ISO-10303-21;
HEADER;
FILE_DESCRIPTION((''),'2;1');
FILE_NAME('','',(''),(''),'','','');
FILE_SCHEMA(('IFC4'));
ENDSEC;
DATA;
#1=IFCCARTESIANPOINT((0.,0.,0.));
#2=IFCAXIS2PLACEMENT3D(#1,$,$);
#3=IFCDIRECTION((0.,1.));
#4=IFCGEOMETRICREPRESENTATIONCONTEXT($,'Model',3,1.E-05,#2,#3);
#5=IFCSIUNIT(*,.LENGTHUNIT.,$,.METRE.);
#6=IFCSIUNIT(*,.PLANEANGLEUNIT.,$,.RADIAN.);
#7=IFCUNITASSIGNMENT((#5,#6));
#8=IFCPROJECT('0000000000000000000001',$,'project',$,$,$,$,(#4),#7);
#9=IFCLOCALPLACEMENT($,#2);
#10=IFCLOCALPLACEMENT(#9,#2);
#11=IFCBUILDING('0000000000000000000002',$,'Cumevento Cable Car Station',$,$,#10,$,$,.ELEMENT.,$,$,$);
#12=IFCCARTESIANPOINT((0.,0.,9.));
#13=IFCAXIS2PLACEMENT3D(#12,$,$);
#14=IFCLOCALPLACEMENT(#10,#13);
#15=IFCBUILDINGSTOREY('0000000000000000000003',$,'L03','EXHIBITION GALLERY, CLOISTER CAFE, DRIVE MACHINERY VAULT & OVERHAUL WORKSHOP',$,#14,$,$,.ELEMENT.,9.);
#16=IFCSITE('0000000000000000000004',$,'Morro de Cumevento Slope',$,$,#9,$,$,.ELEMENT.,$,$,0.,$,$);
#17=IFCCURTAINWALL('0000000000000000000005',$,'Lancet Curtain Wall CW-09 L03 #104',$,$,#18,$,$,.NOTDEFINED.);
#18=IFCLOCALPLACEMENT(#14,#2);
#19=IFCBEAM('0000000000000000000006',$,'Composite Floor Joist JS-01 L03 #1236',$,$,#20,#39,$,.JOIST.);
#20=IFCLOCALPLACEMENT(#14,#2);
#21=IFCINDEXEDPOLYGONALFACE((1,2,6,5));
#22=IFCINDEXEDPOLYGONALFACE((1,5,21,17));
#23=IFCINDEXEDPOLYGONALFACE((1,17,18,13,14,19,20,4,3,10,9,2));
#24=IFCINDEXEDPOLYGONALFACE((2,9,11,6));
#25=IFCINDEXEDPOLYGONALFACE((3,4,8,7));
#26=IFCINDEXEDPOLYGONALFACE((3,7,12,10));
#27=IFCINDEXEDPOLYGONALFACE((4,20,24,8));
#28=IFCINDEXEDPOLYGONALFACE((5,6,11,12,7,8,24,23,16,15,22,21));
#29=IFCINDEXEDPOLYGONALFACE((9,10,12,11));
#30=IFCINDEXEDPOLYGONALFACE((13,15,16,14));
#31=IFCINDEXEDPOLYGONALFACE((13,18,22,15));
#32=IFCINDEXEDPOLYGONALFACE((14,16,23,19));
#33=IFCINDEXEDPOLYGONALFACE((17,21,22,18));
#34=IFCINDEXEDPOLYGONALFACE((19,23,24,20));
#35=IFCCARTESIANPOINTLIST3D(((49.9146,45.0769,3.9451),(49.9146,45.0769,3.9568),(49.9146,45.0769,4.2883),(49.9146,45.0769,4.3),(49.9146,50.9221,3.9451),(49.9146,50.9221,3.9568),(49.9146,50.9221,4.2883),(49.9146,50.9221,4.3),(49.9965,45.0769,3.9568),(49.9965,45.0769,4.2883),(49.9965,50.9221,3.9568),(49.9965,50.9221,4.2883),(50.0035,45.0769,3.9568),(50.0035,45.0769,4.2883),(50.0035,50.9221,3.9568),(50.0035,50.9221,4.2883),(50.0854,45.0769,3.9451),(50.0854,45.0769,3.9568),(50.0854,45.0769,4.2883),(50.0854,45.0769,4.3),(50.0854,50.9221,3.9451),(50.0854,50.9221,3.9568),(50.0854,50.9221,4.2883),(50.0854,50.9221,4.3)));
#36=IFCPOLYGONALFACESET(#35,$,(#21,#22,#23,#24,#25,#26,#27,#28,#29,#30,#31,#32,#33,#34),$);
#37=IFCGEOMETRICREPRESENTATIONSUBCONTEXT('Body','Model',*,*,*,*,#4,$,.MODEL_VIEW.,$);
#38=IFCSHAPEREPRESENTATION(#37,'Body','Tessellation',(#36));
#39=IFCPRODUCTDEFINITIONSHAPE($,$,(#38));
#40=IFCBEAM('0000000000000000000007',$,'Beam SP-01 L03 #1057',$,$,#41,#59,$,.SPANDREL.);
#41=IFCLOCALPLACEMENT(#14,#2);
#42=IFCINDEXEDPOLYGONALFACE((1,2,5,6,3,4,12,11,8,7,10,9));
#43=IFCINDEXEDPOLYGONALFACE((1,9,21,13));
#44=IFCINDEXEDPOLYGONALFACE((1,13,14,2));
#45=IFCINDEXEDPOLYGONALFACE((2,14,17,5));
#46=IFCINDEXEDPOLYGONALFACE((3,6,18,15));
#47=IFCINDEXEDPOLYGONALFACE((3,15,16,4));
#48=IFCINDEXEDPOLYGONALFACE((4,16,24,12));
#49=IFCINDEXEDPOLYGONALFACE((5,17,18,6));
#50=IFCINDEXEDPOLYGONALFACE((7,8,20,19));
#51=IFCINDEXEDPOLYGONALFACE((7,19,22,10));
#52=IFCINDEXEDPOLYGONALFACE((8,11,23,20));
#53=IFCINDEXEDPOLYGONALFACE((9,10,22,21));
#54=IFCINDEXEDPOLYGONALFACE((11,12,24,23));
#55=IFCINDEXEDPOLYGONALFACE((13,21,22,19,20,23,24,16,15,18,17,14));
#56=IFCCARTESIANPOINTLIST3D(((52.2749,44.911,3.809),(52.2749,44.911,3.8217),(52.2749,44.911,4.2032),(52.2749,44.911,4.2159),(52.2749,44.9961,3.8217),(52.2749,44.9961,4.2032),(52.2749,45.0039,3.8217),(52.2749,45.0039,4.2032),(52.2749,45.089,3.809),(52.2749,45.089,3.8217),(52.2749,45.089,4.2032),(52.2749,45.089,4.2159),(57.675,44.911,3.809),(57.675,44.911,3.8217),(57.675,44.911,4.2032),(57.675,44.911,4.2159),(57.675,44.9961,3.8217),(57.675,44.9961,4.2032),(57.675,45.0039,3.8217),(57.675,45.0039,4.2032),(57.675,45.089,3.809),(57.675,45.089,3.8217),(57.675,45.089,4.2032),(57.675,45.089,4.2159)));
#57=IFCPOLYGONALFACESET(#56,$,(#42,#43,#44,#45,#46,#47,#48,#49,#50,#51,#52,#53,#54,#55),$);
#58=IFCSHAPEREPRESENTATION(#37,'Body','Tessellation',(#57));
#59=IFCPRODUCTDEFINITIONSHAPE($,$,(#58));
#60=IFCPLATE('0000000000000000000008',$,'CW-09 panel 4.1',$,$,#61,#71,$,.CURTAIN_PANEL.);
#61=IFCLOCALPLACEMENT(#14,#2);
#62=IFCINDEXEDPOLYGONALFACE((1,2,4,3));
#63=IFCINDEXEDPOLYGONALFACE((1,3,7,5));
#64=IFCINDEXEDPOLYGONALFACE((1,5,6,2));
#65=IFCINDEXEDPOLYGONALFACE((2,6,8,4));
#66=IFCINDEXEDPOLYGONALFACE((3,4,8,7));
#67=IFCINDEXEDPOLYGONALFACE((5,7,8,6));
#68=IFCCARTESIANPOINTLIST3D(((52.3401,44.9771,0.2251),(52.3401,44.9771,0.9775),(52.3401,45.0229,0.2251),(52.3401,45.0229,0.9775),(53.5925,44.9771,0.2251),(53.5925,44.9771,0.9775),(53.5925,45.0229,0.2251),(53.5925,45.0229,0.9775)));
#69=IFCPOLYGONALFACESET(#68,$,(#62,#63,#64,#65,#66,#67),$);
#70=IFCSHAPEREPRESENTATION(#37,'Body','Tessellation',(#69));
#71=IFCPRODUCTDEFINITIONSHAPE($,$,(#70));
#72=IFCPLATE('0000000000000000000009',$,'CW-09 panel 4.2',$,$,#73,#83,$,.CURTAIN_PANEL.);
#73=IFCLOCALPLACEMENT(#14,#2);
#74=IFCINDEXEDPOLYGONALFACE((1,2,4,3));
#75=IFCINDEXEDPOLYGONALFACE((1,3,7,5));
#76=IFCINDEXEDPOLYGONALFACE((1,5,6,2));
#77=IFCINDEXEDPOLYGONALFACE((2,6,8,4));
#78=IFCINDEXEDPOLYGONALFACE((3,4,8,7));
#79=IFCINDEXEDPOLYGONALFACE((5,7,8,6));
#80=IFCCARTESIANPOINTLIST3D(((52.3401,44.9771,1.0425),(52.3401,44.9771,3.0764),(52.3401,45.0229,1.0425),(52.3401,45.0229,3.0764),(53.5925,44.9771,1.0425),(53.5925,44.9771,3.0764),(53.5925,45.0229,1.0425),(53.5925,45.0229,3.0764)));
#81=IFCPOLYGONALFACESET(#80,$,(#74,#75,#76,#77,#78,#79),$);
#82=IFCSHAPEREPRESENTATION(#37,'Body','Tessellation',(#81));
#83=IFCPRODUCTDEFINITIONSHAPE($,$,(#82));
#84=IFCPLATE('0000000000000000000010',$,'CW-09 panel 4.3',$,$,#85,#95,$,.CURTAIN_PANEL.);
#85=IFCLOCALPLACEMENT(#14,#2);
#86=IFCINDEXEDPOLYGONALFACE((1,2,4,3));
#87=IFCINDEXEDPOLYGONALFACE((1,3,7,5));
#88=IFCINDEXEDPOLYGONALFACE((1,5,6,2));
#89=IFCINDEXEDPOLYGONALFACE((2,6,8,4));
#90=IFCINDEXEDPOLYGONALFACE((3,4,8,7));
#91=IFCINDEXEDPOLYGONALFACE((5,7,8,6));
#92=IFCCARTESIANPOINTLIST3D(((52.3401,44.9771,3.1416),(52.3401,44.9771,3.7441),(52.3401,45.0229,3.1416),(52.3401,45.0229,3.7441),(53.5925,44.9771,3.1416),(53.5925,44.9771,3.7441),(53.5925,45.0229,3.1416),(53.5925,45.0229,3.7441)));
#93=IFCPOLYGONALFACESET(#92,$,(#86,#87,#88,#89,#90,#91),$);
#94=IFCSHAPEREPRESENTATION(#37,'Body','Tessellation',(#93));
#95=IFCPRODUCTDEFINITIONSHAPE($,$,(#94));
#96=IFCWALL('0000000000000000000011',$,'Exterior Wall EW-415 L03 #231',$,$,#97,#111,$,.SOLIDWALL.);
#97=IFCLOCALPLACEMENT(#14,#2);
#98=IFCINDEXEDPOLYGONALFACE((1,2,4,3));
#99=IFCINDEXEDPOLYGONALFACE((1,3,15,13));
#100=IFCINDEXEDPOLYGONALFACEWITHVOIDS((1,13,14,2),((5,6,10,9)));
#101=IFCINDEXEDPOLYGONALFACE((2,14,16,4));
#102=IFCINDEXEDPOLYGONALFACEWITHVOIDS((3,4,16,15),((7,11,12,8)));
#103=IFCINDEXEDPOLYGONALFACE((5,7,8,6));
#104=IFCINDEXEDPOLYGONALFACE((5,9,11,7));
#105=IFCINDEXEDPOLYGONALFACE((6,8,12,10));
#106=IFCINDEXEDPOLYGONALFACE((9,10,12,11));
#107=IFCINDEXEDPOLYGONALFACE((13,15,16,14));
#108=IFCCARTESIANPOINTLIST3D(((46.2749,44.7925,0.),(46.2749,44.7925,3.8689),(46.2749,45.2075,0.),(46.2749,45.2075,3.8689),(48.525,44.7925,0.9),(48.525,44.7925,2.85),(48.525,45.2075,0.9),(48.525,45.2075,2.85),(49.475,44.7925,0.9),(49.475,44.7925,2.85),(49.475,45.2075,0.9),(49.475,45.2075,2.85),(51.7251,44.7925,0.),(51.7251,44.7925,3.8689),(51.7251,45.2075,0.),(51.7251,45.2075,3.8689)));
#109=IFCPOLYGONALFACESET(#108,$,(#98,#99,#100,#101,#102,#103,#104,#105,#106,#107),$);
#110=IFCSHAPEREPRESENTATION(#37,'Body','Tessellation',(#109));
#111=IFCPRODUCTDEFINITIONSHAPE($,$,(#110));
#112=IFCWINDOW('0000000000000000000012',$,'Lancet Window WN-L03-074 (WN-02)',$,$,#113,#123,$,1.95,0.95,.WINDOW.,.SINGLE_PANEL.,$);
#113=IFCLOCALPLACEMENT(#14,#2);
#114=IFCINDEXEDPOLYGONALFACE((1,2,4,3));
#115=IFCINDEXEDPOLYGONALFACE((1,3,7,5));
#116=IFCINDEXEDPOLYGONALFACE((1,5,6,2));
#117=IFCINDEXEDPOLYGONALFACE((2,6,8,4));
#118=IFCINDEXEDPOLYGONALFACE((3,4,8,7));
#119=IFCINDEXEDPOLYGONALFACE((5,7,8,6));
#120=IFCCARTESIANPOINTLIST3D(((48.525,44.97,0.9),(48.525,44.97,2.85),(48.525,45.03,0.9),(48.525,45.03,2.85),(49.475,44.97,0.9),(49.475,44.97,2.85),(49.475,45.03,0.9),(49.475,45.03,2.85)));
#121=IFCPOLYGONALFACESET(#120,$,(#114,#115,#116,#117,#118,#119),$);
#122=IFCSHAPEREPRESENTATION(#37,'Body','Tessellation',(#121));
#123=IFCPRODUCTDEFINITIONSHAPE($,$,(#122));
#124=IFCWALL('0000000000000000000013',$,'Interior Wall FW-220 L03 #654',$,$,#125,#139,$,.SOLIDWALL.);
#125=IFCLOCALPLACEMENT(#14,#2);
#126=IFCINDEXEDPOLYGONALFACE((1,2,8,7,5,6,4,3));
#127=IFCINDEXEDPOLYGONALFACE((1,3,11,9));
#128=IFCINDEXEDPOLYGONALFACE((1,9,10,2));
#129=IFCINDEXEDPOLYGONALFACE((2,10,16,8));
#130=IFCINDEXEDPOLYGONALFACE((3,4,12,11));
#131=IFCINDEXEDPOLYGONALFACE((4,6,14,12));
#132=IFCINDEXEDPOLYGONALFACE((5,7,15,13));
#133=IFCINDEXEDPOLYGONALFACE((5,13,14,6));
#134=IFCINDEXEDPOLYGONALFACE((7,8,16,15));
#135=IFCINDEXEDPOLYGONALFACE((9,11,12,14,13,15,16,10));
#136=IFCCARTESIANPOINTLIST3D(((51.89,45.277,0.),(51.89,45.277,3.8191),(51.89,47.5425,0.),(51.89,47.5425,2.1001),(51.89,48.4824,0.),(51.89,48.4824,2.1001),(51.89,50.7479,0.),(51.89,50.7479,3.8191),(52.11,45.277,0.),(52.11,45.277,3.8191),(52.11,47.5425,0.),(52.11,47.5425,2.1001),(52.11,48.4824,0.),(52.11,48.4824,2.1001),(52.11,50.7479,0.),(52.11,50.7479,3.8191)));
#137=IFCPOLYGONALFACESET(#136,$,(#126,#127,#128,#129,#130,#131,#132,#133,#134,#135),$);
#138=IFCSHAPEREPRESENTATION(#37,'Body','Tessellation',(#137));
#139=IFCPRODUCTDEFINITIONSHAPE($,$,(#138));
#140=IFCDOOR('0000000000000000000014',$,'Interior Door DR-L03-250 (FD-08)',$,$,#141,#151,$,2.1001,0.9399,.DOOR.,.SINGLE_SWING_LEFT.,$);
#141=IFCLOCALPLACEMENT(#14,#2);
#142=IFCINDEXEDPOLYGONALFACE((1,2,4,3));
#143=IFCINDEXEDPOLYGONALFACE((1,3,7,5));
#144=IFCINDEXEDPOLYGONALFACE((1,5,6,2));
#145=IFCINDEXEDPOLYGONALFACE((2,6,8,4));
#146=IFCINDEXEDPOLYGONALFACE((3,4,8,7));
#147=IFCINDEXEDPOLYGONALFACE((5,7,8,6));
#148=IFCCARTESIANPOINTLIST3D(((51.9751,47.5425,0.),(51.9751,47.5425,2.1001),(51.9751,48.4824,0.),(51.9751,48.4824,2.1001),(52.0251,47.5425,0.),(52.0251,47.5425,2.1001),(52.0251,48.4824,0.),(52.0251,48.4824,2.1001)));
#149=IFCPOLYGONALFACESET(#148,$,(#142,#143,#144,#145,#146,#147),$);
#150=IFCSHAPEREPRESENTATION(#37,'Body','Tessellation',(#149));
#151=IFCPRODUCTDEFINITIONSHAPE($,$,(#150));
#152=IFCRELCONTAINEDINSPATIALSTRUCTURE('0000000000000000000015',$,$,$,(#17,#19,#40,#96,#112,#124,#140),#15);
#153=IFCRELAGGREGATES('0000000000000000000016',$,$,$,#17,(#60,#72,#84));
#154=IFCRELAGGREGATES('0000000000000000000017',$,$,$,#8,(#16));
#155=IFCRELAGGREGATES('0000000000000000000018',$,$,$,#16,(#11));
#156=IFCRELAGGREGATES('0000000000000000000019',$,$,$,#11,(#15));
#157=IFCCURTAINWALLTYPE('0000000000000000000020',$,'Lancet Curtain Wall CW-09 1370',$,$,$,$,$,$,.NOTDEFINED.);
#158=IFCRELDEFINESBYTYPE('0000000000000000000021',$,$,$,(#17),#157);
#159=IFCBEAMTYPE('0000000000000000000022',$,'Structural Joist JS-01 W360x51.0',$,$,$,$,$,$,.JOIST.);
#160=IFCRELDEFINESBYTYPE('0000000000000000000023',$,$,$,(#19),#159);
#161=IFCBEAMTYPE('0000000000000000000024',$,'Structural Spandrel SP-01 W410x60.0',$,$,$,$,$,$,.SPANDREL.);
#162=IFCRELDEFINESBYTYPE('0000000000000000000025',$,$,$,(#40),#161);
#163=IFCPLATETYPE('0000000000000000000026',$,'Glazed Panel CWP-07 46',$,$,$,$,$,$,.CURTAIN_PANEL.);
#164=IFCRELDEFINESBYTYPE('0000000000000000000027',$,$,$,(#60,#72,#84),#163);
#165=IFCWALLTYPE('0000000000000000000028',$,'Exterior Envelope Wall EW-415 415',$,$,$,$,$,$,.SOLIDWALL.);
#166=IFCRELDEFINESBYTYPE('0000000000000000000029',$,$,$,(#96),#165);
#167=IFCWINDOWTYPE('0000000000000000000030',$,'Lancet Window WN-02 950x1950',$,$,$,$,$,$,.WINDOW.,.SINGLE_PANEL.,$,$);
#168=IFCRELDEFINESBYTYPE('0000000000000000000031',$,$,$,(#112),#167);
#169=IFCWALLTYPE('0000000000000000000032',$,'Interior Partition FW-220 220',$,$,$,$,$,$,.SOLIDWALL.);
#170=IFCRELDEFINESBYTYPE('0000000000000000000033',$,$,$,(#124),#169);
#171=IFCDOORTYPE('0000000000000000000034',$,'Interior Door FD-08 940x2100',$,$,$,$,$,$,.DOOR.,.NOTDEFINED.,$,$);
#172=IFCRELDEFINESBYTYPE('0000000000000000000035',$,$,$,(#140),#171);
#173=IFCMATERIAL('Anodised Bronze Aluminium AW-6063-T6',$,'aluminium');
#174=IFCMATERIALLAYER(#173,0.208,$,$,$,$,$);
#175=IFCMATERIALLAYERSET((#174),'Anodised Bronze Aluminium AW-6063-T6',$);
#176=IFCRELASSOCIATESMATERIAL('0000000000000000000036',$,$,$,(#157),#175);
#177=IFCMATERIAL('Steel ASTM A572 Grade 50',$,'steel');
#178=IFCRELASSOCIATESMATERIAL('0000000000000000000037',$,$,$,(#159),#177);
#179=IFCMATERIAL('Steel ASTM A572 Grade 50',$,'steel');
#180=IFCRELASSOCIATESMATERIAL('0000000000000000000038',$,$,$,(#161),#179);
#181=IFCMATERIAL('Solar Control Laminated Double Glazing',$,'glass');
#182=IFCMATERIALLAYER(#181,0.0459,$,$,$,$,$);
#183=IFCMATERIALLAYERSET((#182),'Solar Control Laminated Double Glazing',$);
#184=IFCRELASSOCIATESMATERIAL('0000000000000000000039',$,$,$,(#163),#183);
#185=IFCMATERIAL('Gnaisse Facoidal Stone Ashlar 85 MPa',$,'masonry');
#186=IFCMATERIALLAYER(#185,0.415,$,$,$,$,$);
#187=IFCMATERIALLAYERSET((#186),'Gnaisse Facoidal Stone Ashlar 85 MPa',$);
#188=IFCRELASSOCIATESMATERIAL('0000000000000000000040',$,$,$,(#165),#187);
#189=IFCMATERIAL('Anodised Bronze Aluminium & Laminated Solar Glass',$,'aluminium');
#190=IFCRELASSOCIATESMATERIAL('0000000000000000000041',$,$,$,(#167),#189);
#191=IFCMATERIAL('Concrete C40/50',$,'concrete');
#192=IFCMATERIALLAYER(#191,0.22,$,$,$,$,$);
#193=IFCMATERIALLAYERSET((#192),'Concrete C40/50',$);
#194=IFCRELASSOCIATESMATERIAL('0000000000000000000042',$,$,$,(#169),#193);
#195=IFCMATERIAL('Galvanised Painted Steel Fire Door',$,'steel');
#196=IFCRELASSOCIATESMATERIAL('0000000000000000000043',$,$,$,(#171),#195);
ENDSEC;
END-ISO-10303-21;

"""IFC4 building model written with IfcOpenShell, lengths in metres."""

from ifc_helpers import new_model, si_unit, direction, frame, frame_2d, origin, origin_2d, place, context, subcontext, project, spatial, rectangle, i_section, extrude, material, layer, layer_set, material_profile, profile_set, type_object, element, fill, aggregate, save


model = new_model("IFC4")

# Units and contexts
model_context = context("Model", 3, precision=1e-05, world=origin(), true_north=direction((0.0, 1.0)))
body_context = subcontext(model_context, "Body", "Model", "MODEL_VIEW")
ifc_project = project(units=[si_unit("LENGTHUNIT", "METRE"), si_unit("PLANEANGLEUNIT", "RADIAN")], contexts=[model_context])

# Site, building, storey
site_placement = place(None, origin())
site = spatial("IfcSite", under=ifc_project, at=site_placement, Name="Morro de Cumevento Slope", CompositionType="ELEMENT", RefElevation=0.0)
building_placement = place(site_placement, origin())
building = spatial("IfcBuilding", under=site, at=building_placement, Name="Cumevento Cable Car Station", CompositionType="ELEMENT")
storey_placement = place(building_placement, frame((0.0, 0.0, 9.0)))
storey = spatial("IfcBuildingStorey", under=building, at=storey_placement, Name="L03", Description="EXHIBITION GALLERY, CLOISTER CAFE, DRIVE MACHINERY VAULT & OVERHAUL WORKSHOP", CompositionType="ELEMENT", Elevation=9.0)

# Curtain wall
ifc_material_1 = material(Name="Anodised Bronze Aluminium AW-6063-T6", Category="aluminium")
ifc_layer_1 = layer(ifc_material_1, 0.208)
ifc_layer_set_1 = layer_set([ifc_layer_1], Name="Anodised Bronze Aluminium AW-6063-T6")
curtain_wall_type = type_object("IfcCurtainWallType", Name="Lancet Curtain Wall CW-09 1370", PredefinedType="NOTDEFINED", material=ifc_layer_set_1)
curtain_wall_placement = place(storey_placement, origin())
curtain_wall = element("IfcCurtainWall", 1, at=curtain_wall_placement, inside=storey, type_object=curtain_wall_type, Name="Lancet Curtain Wall CW-09 L03 #104", PredefinedType="NOTDEFINED")

# Beams
ifc_material_2 = material(Name="Steel ASTM A572 Grade 50", Category="steel")
ifc_material_profile_1 = material_profile(ifc_material_2, i_section(OverallWidth=0.1709, OverallDepth=0.355, WebThickness=0.0071, FlangeThickness=0.0117, at=origin_2d()), Name="W360x51.0")
ifc_profile_set_1 = profile_set([ifc_material_profile_1], Name="Steel ASTM A572 Grade 50")
beam_type_1 = type_object("IfcBeamType", Name="Structural Joist JS-01 W360x51.0", PredefinedType="JOIST", material=ifc_profile_set_1)
beam_1_placement = place(storey_placement, frame((50.0, 45.0769, 4.1226), z_axis=(0.0, 1.0, 0.0), x_axis=(-1.0, 0.0, 0.0)))
element("IfcBeam", 2, at=beam_1_placement, inside=storey, type_object=beam_type_1, Name="Composite Floor Joist JS-01 L03 #1236", PredefinedType="JOIST", context=body_context, shape_type="SweptSolid", body=[
    extrude(i_section(OverallWidth=0.1709, OverallDepth=0.355, WebThickness=0.0071, FlangeThickness=0.0117, at=origin_2d()), origin(), (0.0, 0.0, 1.0), 5.8452),
])
ifc_material_3 = material(Name="Steel ASTM A572 Grade 50", Category="steel")
ifc_material_profile_2 = material_profile(ifc_material_3, i_section(OverallWidth=0.178, OverallDepth=0.407, WebThickness=0.0078, FlangeThickness=0.0127, at=origin_2d()), Name="W410x60.0")
ifc_profile_set_2 = profile_set([ifc_material_profile_2], Name="Steel ASTM A572 Grade 50")
beam_type_2 = type_object("IfcBeamType", Name="Structural Spandrel SP-01 W410x60.0", PredefinedType="SPANDREL", material=ifc_profile_set_2)
beam_2_placement = place(storey_placement, frame((52.2749, 45.0, 4.0125), z_axis=(1.0, 0.0, 0.0), x_axis=(0.0, 1.0, 0.0)))
element("IfcBeam", 3, at=beam_2_placement, inside=storey, type_object=beam_type_2, Name="Beam SP-01 L03 #1057", PredefinedType="SPANDREL", context=body_context, shape_type="SweptSolid", body=[
    extrude(i_section(OverallWidth=0.178, OverallDepth=0.407, WebThickness=0.0078, FlangeThickness=0.0127, at=origin_2d()), origin(), (0.0, 0.0, 1.0), 5.4001),
])

# Plates
ifc_material_4 = material(Name="Solar Control Laminated Double Glazing", Category="glass")
ifc_layer_2 = layer(ifc_material_4, 0.0459)
ifc_layer_set_2 = layer_set([ifc_layer_2], Name="Solar Control Laminated Double Glazing")
plate_type = type_object("IfcPlateType", Name="Glazed Panel CWP-07 46", PredefinedType="CURTAIN_PANEL", material=ifc_layer_set_2)
plate_1_placement = place(storey_placement, frame((52.9663, 45.0, 0.2251), z_axis=(0.0, 0.0, 1.0), x_axis=(-1.0, 0.0, 0.0)))
plate_1 = element("IfcPlate", 4, at=plate_1_placement, type_object=plate_type, Name="CW-09 panel 4.1", PredefinedType="CURTAIN_PANEL", context=body_context, shape_type="SweptSolid", body=[
    extrude(rectangle(XDim=1.2524, YDim=0.0459, at=origin_2d()), origin(), (0.0, 0.0, 1.0), 0.7524),
])
plate_2_placement = place(storey_placement, frame((52.9663, 45.0, 1.0425), z_axis=(0.0, 0.0, 1.0), x_axis=(-1.0, 0.0, 0.0)))
plate_2 = element("IfcPlate", 5, at=plate_2_placement, type_object=plate_type, Name="CW-09 panel 4.2", PredefinedType="CURTAIN_PANEL", context=body_context, shape_type="SweptSolid", body=[
    extrude(rectangle(XDim=1.2524, YDim=0.0459, at=origin_2d()), origin(), (0.0, 0.0, 1.0), 2.0339),
])
plate_3_placement = place(storey_placement, frame((52.9663, 45.0, 3.1416), z_axis=(0.0, 0.0, 1.0), x_axis=(-1.0, 0.0, 0.0)))
plate_3 = element("IfcPlate", 6, at=plate_3_placement, type_object=plate_type, Name="CW-09 panel 4.3", PredefinedType="CURTAIN_PANEL", context=body_context, shape_type="SweptSolid", body=[
    extrude(rectangle(XDim=1.2524, YDim=0.0459, at=origin_2d()), origin(), (0.0, 0.0, 1.0), 0.6025),
])
aggregate(curtain_wall, [plate_1, plate_2, plate_3])

# Wall, opening, window
ifc_material_5 = material(Name="Gnaisse Facoidal Stone Ashlar 85 MPa", Category="masonry")
ifc_layer_3 = layer(ifc_material_5, 0.415)
ifc_layer_set_3 = layer_set([ifc_layer_3], Name="Gnaisse Facoidal Stone Ashlar 85 MPa")
wall_type_1 = type_object("IfcWallType", Name="Exterior Envelope Wall EW-415 415", PredefinedType="SOLIDWALL", material=ifc_layer_set_3)
wall_1_placement = place(storey_placement, frame((51.7251, 45.0, 0.0), z_axis=(0.0, 0.0, 1.0), x_axis=(-1.0, 0.0, 0.0)))
wall_1 = element("IfcWall", 7, at=wall_1_placement, inside=storey, type_object=wall_type_1, Name="Exterior Wall EW-415 L03 #231", PredefinedType="SOLIDWALL", context=body_context, shape_type="SweptSolid", body=[
    extrude(rectangle(XDim=5.4502, YDim=0.415, at=frame_2d((2.7251, 0.0))), origin(), (0.0, 0.0, 1.0), 3.8689),
])
opening_1_placement = place(wall_1_placement, frame((2.25, 0.0, 0.8999)))
opening_1 = element("IfcOpeningElement", 8, at=opening_1_placement, cuts=wall_1, PredefinedType="OPENING", context=body_context, shape_type="SweptSolid", body=[
    extrude(rectangle(XDim=0.95, YDim=1.95, at=frame_2d((0.4751, 0.9751))), frame((0.0, 0.2175, 0.0), z_axis=(0.0, -1.0, 0.0), x_axis=(1.0, 0.0, 0.0)), (0.0, 0.0, 1.0), 0.4351),
])
ifc_material_6 = material(Name="Anodised Bronze Aluminium & Laminated Solar Glass", Category="aluminium")
window_type = type_object("IfcWindowType", Name="Lancet Window WN-02 950x1950", PartitioningType="SINGLE_PANEL", PredefinedType="WINDOW", material=ifc_material_6)
window_placement = place(opening_1_placement, origin())
window = element("IfcWindow", 9, at=window_placement, inside=storey, type_object=window_type, Name="Lancet Window WN-L03-074 (WN-02)", OverallHeight=1.95, OverallWidth=0.95, PartitioningType="SINGLE_PANEL", PredefinedType="WINDOW", context=body_context, shape_type="SweptSolid", body=[
    extrude(rectangle(XDim=0.95, YDim=1.95, at=frame_2d((0.4751, 0.9751))), frame((0.0, 0.03, 0.0), z_axis=(0.0, -1.0, 0.0), x_axis=(1.0, 0.0, 0.0)), (0.0, 0.0, 1.0), 0.0601),
])
fill(opening_1, window)

# Wall, opening, door
ifc_material_7 = material(Name="Concrete C40/50", Category="concrete")
ifc_layer_4 = layer(ifc_material_7, 0.22)
ifc_layer_set_4 = layer_set([ifc_layer_4], Name="Concrete C40/50")
wall_type_2 = type_object("IfcWallType", Name="Interior Partition FW-220 220", PredefinedType="SOLIDWALL", material=ifc_layer_set_4)
wall_2_placement = place(storey_placement, frame((52.0, 45.2771, 0.0), z_axis=(0.0, 0.0, 1.0), x_axis=(0.0, 1.0, 0.0)))
wall_2 = element("IfcWall", 10, at=wall_2_placement, inside=storey, type_object=wall_type_2, Name="Interior Wall FW-220 L03 #654", PredefinedType="SOLIDWALL", context=body_context, shape_type="SweptSolid", body=[
    extrude(rectangle(XDim=5.4709, YDim=0.22, at=frame_2d((2.7354, 0.0))), origin(), (0.0, 0.0, 1.0), 3.8191),
])
opening_2_placement = place(wall_2_placement, frame((2.2654, 0.0, 0.0)))
opening_2 = element("IfcOpeningElement", 11, at=opening_2_placement, cuts=wall_2, PredefinedType="OPENING", context=body_context, shape_type="SweptSolid", body=[
    extrude(rectangle(XDim=0.9399, YDim=2.1001, at=frame_2d((0.47, 1.05))), frame((0.0, 0.1199, 0.0), z_axis=(0.0, -1.0, 0.0), x_axis=(1.0, 0.0, 0.0)), (0.0, 0.0, 1.0), 0.24),
])
ifc_material_8 = material(Name="Galvanised Painted Steel Fire Door", Category="steel")
door_type = type_object("IfcDoorType", Name="Interior Door FD-08 940x2100", OperationType="NOTDEFINED", PredefinedType="DOOR", material=ifc_material_8)
door_placement = place(opening_2_placement, origin())
door = element("IfcDoor", 12, at=door_placement, inside=storey, type_object=door_type, Name="Interior Door DR-L03-250 (FD-08)", OperationType="SINGLE_SWING_LEFT", OverallHeight=2.1001, OverallWidth=0.9399, PredefinedType="DOOR", context=body_context, shape_type="SweptSolid", body=[
    extrude(rectangle(XDim=0.9399, YDim=2.1001, at=frame_2d((0.47, 1.05))), frame((0.0, 0.0249, 0.0), z_axis=(0.0, -1.0, 0.0), x_axis=(1.0, 0.0, 0.0)), (0.0, 0.0, 1.0), 0.05),
])
fill(opening_2, door)

save(model, "model.ifc")
